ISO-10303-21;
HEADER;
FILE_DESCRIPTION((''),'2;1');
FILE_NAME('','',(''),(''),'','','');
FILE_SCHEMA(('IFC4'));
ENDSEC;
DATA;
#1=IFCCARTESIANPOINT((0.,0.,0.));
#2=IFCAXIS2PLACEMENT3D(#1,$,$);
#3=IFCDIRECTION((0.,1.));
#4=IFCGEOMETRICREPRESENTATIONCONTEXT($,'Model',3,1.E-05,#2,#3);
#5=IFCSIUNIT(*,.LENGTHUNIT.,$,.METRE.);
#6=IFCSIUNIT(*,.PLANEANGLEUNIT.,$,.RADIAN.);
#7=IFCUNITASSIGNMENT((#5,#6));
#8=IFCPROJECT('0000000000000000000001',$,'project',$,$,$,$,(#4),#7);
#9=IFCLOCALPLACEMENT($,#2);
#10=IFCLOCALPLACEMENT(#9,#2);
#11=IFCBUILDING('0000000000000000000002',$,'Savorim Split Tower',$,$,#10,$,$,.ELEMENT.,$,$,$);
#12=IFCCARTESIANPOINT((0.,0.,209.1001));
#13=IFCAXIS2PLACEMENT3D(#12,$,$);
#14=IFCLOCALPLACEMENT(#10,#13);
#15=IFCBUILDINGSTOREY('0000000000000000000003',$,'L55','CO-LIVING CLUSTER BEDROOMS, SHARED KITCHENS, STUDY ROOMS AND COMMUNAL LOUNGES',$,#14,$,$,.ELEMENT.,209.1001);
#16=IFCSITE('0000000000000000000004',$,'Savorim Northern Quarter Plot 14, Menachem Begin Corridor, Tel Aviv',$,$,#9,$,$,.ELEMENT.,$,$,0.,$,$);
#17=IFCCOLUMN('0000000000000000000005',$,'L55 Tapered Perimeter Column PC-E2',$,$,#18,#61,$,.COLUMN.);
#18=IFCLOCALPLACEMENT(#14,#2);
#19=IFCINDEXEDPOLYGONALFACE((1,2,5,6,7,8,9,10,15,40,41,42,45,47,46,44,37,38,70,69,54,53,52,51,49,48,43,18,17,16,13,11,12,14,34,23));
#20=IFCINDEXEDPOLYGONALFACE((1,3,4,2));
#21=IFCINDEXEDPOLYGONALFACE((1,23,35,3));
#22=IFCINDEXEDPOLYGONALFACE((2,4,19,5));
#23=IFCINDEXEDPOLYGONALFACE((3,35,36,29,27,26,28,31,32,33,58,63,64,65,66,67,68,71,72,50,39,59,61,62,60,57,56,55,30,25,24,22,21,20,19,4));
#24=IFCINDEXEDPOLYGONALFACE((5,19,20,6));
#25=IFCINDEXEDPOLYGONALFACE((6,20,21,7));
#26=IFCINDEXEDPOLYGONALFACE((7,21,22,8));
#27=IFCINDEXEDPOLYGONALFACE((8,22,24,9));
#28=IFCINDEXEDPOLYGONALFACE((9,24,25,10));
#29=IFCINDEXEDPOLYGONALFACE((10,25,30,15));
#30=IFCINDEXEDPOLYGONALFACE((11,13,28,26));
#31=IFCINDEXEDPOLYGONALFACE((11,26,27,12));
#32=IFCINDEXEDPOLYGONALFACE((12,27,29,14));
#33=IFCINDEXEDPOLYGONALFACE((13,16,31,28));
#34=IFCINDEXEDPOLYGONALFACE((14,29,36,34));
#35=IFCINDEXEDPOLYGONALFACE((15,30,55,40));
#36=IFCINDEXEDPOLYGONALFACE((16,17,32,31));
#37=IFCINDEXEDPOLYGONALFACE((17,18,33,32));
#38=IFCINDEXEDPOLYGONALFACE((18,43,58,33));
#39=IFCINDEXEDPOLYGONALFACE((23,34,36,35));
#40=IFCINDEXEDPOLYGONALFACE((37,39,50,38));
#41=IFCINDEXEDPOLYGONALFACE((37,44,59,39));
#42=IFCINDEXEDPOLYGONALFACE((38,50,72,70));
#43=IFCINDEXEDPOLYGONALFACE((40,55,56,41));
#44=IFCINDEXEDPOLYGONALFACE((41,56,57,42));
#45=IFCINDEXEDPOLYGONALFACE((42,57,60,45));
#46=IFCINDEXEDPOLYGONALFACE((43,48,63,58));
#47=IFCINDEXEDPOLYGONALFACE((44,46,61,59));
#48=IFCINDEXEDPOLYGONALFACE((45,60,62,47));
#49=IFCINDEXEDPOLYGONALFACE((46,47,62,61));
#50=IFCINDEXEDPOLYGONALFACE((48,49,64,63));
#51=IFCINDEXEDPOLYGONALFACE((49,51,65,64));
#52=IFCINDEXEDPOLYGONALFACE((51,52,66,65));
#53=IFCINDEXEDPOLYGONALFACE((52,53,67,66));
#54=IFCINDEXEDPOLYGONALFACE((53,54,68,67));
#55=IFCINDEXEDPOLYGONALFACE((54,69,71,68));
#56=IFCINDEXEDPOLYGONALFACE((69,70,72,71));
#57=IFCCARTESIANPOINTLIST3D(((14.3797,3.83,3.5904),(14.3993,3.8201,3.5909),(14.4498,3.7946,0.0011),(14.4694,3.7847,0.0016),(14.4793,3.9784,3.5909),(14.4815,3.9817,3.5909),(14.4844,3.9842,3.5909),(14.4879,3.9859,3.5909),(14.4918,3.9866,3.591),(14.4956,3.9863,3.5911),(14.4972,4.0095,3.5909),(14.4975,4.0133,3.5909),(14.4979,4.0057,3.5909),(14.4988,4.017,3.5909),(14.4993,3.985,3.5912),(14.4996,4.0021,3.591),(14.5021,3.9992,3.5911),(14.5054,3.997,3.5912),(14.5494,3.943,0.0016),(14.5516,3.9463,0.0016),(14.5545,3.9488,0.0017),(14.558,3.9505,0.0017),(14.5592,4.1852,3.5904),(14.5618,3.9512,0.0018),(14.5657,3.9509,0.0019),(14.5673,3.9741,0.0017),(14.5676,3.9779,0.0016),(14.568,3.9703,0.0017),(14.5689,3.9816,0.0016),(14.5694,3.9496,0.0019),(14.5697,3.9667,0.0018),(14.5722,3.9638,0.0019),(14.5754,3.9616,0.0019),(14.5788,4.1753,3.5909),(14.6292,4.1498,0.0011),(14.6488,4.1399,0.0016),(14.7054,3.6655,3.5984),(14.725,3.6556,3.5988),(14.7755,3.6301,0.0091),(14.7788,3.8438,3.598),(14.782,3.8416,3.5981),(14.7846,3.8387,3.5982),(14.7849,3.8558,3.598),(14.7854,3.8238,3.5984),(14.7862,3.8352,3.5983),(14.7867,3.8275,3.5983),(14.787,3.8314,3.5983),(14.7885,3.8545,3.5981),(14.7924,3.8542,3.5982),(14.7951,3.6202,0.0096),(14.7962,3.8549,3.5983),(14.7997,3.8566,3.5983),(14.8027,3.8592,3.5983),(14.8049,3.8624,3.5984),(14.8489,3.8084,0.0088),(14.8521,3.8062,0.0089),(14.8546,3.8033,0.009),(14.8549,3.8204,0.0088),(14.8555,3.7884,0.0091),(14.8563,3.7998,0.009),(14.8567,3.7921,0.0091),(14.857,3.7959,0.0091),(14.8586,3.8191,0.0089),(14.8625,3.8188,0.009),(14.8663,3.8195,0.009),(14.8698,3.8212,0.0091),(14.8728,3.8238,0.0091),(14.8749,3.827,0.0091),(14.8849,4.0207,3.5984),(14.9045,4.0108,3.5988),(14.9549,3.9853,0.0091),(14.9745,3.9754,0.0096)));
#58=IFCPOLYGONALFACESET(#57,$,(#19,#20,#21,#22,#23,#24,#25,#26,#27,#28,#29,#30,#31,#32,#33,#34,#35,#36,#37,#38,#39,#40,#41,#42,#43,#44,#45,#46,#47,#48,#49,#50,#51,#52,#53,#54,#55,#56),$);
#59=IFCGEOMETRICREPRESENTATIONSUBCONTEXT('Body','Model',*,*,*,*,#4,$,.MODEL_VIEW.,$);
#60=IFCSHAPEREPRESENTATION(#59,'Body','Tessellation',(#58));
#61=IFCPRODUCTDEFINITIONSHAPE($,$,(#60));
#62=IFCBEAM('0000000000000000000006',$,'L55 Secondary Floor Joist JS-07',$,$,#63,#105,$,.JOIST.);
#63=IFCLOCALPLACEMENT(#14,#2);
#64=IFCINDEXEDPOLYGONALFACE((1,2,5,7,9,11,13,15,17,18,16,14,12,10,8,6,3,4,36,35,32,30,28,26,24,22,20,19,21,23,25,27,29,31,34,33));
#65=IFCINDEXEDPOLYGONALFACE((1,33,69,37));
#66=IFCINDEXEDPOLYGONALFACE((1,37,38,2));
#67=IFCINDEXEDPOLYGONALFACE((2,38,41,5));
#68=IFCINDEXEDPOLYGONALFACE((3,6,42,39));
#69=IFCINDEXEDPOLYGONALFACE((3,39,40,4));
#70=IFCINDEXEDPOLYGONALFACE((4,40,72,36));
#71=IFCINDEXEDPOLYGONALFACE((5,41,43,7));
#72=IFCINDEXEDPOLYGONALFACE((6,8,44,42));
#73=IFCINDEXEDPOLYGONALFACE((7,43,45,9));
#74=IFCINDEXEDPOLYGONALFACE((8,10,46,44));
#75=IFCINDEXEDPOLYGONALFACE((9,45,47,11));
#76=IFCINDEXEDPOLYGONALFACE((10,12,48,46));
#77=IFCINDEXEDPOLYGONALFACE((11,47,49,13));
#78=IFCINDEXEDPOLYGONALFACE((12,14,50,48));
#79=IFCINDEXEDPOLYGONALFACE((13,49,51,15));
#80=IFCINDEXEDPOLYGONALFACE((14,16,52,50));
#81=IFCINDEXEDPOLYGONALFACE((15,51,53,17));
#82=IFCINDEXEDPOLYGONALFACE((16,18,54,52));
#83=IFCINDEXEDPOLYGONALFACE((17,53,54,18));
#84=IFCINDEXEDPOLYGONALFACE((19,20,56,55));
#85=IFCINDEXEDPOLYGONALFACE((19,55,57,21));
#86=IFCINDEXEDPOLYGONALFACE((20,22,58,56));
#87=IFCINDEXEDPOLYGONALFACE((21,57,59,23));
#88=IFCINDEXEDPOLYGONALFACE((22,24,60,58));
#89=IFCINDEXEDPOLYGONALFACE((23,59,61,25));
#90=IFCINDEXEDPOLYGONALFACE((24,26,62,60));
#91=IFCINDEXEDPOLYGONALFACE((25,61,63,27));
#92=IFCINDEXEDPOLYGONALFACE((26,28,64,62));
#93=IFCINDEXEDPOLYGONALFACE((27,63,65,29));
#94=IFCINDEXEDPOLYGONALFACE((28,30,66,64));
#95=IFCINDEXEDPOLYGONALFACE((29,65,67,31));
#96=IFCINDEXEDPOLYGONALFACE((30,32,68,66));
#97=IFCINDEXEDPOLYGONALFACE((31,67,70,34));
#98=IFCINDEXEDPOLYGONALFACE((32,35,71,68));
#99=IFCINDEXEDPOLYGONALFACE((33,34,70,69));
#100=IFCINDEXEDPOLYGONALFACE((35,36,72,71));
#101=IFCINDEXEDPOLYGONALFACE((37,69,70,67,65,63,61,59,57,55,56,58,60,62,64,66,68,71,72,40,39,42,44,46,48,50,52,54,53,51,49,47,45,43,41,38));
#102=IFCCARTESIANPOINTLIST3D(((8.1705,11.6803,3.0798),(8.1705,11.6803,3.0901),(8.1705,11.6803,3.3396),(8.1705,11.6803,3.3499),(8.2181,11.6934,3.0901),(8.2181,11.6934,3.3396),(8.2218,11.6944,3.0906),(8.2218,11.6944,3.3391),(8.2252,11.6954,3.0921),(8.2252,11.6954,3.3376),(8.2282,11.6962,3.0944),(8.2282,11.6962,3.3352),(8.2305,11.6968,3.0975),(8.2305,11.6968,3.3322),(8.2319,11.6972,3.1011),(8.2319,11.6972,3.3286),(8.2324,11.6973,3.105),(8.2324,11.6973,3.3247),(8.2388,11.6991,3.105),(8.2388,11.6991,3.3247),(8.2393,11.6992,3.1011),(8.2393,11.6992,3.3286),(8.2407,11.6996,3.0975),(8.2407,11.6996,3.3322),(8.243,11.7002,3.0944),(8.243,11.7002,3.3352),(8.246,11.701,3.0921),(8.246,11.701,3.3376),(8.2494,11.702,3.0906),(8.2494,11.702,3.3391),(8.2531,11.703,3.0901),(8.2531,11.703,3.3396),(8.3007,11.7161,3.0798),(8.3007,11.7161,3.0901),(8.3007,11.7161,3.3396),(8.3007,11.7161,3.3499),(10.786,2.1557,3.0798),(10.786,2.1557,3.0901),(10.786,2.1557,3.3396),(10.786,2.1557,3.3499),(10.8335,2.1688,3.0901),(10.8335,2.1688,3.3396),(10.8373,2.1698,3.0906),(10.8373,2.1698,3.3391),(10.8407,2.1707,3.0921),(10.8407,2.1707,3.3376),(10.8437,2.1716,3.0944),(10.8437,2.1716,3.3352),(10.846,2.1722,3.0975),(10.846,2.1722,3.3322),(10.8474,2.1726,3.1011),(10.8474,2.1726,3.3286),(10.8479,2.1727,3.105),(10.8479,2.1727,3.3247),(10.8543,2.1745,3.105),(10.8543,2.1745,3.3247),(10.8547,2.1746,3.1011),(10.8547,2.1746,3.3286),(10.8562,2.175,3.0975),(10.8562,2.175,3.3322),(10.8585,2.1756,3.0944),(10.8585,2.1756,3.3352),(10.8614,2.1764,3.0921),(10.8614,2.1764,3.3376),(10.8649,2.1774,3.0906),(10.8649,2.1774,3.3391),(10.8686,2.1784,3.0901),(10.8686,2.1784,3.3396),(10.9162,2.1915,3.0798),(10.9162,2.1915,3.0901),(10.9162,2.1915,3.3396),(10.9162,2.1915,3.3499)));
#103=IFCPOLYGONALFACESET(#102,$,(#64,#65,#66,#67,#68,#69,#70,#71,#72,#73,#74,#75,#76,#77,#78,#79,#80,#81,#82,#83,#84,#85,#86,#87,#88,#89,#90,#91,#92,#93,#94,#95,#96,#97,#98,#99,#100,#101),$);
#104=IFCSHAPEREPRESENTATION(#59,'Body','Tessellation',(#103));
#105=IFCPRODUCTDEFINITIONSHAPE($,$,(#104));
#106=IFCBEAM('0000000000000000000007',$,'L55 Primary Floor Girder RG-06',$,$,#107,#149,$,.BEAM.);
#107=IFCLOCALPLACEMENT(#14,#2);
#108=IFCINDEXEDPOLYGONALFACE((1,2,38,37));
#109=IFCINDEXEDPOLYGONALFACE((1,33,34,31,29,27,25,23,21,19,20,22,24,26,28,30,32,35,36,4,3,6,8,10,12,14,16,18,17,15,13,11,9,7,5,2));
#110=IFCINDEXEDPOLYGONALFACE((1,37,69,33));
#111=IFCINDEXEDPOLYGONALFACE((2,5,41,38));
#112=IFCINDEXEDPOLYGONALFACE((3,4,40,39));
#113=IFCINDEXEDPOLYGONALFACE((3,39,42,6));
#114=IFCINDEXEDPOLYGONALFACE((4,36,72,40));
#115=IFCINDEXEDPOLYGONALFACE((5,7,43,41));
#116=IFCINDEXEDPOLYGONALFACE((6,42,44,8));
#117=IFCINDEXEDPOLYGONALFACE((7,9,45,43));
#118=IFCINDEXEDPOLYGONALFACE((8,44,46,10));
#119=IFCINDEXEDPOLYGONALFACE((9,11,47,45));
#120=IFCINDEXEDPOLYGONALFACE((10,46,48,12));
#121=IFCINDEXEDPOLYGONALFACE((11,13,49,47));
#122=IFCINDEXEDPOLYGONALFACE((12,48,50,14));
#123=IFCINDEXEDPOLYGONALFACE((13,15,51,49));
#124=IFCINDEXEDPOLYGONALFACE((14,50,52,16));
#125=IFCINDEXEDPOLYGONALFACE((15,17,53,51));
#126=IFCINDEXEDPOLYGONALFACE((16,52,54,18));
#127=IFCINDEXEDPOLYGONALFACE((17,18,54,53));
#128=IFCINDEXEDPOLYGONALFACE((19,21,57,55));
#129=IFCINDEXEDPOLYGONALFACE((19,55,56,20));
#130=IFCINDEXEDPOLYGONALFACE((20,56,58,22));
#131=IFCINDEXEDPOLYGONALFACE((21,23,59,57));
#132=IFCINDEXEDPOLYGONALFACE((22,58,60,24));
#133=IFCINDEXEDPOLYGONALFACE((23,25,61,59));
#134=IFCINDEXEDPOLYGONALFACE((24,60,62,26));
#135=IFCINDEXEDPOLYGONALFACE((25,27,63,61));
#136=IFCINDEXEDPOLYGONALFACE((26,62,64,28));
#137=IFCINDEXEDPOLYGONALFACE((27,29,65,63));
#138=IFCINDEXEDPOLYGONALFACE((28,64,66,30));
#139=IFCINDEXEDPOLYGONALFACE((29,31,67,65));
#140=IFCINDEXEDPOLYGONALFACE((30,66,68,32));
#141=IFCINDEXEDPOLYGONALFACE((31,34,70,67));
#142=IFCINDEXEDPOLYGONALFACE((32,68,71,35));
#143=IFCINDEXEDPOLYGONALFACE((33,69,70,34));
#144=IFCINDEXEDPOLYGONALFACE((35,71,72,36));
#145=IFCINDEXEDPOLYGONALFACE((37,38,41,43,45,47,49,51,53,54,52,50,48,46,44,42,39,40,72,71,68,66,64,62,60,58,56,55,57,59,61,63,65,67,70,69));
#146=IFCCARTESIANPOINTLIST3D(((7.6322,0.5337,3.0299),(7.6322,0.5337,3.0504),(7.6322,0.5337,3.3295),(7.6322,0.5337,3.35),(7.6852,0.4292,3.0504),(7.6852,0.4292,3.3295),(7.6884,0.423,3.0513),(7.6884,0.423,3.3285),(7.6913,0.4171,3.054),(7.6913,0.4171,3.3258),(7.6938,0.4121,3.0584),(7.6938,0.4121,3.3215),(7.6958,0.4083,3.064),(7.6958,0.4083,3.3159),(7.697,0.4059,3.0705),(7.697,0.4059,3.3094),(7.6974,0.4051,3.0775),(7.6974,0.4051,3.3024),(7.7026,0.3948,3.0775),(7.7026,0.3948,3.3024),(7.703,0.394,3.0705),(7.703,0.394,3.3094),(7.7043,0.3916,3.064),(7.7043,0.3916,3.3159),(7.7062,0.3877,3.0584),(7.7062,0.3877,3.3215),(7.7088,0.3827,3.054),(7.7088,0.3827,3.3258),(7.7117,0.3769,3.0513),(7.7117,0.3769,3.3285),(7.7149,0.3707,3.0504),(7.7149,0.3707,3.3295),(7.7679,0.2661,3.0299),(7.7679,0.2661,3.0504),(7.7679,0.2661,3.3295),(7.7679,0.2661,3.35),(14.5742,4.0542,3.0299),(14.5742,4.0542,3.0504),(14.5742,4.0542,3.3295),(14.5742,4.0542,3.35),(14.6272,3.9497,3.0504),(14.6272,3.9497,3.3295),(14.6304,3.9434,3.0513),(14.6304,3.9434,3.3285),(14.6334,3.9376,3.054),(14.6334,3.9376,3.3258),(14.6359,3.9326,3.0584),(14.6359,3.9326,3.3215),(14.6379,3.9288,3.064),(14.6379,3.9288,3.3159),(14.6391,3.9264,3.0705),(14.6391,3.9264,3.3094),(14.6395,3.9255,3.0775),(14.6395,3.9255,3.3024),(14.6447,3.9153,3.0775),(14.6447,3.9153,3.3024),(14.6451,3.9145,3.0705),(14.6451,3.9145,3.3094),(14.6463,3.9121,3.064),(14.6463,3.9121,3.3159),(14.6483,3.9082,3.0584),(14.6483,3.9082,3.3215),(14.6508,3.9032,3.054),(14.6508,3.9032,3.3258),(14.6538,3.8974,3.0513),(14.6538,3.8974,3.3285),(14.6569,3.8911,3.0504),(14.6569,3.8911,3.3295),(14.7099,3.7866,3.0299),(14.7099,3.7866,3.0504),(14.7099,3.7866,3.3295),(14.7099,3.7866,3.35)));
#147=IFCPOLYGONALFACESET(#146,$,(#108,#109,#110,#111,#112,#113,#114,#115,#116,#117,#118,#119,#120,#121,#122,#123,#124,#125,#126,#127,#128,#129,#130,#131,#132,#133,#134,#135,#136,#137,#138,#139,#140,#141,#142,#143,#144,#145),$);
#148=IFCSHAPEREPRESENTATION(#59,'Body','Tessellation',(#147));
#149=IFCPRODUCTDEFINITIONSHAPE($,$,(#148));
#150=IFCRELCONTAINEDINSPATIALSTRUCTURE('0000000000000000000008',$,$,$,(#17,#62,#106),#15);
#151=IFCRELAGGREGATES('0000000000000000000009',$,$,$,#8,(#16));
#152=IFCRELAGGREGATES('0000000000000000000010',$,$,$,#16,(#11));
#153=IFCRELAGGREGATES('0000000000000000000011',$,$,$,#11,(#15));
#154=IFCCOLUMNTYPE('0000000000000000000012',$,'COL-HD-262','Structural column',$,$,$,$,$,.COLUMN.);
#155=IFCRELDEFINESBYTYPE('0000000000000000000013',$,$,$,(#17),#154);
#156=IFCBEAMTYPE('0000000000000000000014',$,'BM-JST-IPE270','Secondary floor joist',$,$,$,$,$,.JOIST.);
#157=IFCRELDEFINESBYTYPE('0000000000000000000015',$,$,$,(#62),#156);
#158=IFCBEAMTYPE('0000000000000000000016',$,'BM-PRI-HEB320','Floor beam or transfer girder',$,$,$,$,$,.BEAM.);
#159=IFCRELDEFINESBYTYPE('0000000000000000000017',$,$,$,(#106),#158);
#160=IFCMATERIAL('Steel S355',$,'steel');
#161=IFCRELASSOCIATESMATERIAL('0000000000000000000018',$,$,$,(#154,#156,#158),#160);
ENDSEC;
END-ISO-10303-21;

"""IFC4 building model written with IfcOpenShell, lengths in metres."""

from ifc_helpers import new_model, si_unit, direction, frame, origin, origin_2d, place, context, subcontext, project, spatial, i_section, extrude, material, material_profile, profile_set, type_object, element, save


model = new_model("IFC4")

# Units and contexts
model_context = context("Model", 3, precision=1e-05, world=origin(), true_north=direction((0.0, 1.0)))
body_context = subcontext(model_context, "Body", "Model", "MODEL_VIEW")
ifc_project = project(units=[si_unit("LENGTHUNIT", "METRE"), si_unit("PLANEANGLEUNIT", "RADIAN")], contexts=[model_context])

# Site, building, storey
site_placement = place(None, origin())
site = spatial("IfcSite", under=ifc_project, at=site_placement, Name="Savorim Northern Quarter Plot 14, Menachem Begin Corridor, Tel Aviv", CompositionType="ELEMENT", RefElevation=0.0)
building_placement = place(site_placement, origin())
building = spatial("IfcBuilding", under=site, at=building_placement, Name="Savorim Split Tower", CompositionType="ELEMENT")
storey_placement = place(building_placement, frame((0.0, 0.0, 209.1001)))
storey = spatial("IfcBuildingStorey", under=building, at=storey_placement, Name="L55", Description="CO-LIVING CLUSTER BEDROOMS, SHARED KITCHENS, STUDY ROOMS AND COMMUNAL LOUNGES", CompositionType="ELEMENT", Elevation=209.1001)

# Column
ifc_material_1 = material(Name="Steel S355", Category="steel")
ifc_material_profile_1 = material_profile(ifc_material_1, i_section(OverallWidth=0.3979, OverallDepth=0.387, WebThickness=0.0134, FlangeThickness=0.022, FilletRadius=0.0149, at=origin_2d()), Name="HD 400x262")
ifc_profile_set_1 = profile_set([ifc_material_profile_1], Name="Steel S355")
column_type = type_object("IfcColumnType", Name="COL-HD-262", Description="Structural column", PredefinedType="COLUMN", material=ifc_profile_set_1)
column_placement = place(storey_placement, frame((14.7122, 3.885, 0.0054), z_axis=(-0.019518, 0.009861, 0.999761), x_axis=(-0.450942, -0.892553, 0.0)))
element("IfcColumn", 1, at=column_placement, inside=storey, type_object=column_type, Name="L55 Tapered Perimeter Column PC-E2", PredefinedType="COLUMN", context=body_context, shape_type="SweptSolid", body=[
    extrude(i_section(OverallWidth=0.3979, OverallDepth=0.387, WebThickness=0.0134, FlangeThickness=0.022, FilletRadius=0.0149, at=origin_2d()), origin(), (0.0, 0.0, 1.0), 3.5901),
])

# Beams
ifc_material_profile_2 = material_profile(ifc_material_1, i_section(OverallWidth=0.135, OverallDepth=0.27, WebThickness=0.0066, FlangeThickness=0.0103, FilletRadius=0.0149, at=origin_2d()), Name="IPE 270")
ifc_profile_set_2 = profile_set([ifc_material_profile_2], Name="Steel S355")
beam_type_1 = type_object("IfcBeamType", Name="BM-JST-IPE270", Description="Secondary floor joist", PredefinedType="JOIST", material=ifc_profile_set_2)
beam_1_placement = place(storey_placement, frame((10.8511, 2.1736, 3.2148), z_axis=(-0.264799, 0.964304, 0.0), x_axis=(-0.964304, -0.264799, 0.0)))
element("IfcBeam", 2, at=beam_1_placement, inside=storey, type_object=beam_type_1, Name="L55 Secondary Floor Joist JS-07", PredefinedType="JOIST", context=body_context, shape_type="SweptSolid", body=[
    extrude(i_section(OverallWidth=0.135, OverallDepth=0.27, WebThickness=0.0066, FlangeThickness=0.0103, FilletRadius=0.0149, at=origin_2d()), origin(), (0.0, 0.0, 1.0), 9.8772),
])
ifc_material_profile_3 = material_profile(ifc_material_1, i_section(OverallWidth=0.3, OverallDepth=0.3201, WebThickness=0.0115, FlangeThickness=0.0205, FilletRadius=0.0271, at=origin_2d()), Name="HEB 320")
ifc_profile_set_3 = profile_set([ifc_material_profile_3], Name="Steel S355")
beam_type_2 = type_object("IfcBeamType", Name="BM-PRI-HEB320", Description="Floor beam or transfer girder", PredefinedType="BEAM", material=ifc_profile_set_3)
beam_2_placement = place(storey_placement, frame((14.6421, 3.9204, 3.1899), z_axis=(-0.891872, -0.452288, 0.0), x_axis=(0.452288, -0.891872, 0.0)))
element("IfcBeam", 3, at=beam_2_placement, inside=storey, type_object=beam_type_2, Name="L55 Primary Floor Girder RG-06", PredefinedType="BEAM", context=body_context, shape_type="SweptSolid", body=[
    extrude(i_section(OverallWidth=0.3, OverallDepth=0.3201, WebThickness=0.0115, FlangeThickness=0.0205, FilletRadius=0.0271, at=origin_2d()), origin(), (0.0, 0.0, 1.0), 7.7837),
])

save(model, "model.ifc")
